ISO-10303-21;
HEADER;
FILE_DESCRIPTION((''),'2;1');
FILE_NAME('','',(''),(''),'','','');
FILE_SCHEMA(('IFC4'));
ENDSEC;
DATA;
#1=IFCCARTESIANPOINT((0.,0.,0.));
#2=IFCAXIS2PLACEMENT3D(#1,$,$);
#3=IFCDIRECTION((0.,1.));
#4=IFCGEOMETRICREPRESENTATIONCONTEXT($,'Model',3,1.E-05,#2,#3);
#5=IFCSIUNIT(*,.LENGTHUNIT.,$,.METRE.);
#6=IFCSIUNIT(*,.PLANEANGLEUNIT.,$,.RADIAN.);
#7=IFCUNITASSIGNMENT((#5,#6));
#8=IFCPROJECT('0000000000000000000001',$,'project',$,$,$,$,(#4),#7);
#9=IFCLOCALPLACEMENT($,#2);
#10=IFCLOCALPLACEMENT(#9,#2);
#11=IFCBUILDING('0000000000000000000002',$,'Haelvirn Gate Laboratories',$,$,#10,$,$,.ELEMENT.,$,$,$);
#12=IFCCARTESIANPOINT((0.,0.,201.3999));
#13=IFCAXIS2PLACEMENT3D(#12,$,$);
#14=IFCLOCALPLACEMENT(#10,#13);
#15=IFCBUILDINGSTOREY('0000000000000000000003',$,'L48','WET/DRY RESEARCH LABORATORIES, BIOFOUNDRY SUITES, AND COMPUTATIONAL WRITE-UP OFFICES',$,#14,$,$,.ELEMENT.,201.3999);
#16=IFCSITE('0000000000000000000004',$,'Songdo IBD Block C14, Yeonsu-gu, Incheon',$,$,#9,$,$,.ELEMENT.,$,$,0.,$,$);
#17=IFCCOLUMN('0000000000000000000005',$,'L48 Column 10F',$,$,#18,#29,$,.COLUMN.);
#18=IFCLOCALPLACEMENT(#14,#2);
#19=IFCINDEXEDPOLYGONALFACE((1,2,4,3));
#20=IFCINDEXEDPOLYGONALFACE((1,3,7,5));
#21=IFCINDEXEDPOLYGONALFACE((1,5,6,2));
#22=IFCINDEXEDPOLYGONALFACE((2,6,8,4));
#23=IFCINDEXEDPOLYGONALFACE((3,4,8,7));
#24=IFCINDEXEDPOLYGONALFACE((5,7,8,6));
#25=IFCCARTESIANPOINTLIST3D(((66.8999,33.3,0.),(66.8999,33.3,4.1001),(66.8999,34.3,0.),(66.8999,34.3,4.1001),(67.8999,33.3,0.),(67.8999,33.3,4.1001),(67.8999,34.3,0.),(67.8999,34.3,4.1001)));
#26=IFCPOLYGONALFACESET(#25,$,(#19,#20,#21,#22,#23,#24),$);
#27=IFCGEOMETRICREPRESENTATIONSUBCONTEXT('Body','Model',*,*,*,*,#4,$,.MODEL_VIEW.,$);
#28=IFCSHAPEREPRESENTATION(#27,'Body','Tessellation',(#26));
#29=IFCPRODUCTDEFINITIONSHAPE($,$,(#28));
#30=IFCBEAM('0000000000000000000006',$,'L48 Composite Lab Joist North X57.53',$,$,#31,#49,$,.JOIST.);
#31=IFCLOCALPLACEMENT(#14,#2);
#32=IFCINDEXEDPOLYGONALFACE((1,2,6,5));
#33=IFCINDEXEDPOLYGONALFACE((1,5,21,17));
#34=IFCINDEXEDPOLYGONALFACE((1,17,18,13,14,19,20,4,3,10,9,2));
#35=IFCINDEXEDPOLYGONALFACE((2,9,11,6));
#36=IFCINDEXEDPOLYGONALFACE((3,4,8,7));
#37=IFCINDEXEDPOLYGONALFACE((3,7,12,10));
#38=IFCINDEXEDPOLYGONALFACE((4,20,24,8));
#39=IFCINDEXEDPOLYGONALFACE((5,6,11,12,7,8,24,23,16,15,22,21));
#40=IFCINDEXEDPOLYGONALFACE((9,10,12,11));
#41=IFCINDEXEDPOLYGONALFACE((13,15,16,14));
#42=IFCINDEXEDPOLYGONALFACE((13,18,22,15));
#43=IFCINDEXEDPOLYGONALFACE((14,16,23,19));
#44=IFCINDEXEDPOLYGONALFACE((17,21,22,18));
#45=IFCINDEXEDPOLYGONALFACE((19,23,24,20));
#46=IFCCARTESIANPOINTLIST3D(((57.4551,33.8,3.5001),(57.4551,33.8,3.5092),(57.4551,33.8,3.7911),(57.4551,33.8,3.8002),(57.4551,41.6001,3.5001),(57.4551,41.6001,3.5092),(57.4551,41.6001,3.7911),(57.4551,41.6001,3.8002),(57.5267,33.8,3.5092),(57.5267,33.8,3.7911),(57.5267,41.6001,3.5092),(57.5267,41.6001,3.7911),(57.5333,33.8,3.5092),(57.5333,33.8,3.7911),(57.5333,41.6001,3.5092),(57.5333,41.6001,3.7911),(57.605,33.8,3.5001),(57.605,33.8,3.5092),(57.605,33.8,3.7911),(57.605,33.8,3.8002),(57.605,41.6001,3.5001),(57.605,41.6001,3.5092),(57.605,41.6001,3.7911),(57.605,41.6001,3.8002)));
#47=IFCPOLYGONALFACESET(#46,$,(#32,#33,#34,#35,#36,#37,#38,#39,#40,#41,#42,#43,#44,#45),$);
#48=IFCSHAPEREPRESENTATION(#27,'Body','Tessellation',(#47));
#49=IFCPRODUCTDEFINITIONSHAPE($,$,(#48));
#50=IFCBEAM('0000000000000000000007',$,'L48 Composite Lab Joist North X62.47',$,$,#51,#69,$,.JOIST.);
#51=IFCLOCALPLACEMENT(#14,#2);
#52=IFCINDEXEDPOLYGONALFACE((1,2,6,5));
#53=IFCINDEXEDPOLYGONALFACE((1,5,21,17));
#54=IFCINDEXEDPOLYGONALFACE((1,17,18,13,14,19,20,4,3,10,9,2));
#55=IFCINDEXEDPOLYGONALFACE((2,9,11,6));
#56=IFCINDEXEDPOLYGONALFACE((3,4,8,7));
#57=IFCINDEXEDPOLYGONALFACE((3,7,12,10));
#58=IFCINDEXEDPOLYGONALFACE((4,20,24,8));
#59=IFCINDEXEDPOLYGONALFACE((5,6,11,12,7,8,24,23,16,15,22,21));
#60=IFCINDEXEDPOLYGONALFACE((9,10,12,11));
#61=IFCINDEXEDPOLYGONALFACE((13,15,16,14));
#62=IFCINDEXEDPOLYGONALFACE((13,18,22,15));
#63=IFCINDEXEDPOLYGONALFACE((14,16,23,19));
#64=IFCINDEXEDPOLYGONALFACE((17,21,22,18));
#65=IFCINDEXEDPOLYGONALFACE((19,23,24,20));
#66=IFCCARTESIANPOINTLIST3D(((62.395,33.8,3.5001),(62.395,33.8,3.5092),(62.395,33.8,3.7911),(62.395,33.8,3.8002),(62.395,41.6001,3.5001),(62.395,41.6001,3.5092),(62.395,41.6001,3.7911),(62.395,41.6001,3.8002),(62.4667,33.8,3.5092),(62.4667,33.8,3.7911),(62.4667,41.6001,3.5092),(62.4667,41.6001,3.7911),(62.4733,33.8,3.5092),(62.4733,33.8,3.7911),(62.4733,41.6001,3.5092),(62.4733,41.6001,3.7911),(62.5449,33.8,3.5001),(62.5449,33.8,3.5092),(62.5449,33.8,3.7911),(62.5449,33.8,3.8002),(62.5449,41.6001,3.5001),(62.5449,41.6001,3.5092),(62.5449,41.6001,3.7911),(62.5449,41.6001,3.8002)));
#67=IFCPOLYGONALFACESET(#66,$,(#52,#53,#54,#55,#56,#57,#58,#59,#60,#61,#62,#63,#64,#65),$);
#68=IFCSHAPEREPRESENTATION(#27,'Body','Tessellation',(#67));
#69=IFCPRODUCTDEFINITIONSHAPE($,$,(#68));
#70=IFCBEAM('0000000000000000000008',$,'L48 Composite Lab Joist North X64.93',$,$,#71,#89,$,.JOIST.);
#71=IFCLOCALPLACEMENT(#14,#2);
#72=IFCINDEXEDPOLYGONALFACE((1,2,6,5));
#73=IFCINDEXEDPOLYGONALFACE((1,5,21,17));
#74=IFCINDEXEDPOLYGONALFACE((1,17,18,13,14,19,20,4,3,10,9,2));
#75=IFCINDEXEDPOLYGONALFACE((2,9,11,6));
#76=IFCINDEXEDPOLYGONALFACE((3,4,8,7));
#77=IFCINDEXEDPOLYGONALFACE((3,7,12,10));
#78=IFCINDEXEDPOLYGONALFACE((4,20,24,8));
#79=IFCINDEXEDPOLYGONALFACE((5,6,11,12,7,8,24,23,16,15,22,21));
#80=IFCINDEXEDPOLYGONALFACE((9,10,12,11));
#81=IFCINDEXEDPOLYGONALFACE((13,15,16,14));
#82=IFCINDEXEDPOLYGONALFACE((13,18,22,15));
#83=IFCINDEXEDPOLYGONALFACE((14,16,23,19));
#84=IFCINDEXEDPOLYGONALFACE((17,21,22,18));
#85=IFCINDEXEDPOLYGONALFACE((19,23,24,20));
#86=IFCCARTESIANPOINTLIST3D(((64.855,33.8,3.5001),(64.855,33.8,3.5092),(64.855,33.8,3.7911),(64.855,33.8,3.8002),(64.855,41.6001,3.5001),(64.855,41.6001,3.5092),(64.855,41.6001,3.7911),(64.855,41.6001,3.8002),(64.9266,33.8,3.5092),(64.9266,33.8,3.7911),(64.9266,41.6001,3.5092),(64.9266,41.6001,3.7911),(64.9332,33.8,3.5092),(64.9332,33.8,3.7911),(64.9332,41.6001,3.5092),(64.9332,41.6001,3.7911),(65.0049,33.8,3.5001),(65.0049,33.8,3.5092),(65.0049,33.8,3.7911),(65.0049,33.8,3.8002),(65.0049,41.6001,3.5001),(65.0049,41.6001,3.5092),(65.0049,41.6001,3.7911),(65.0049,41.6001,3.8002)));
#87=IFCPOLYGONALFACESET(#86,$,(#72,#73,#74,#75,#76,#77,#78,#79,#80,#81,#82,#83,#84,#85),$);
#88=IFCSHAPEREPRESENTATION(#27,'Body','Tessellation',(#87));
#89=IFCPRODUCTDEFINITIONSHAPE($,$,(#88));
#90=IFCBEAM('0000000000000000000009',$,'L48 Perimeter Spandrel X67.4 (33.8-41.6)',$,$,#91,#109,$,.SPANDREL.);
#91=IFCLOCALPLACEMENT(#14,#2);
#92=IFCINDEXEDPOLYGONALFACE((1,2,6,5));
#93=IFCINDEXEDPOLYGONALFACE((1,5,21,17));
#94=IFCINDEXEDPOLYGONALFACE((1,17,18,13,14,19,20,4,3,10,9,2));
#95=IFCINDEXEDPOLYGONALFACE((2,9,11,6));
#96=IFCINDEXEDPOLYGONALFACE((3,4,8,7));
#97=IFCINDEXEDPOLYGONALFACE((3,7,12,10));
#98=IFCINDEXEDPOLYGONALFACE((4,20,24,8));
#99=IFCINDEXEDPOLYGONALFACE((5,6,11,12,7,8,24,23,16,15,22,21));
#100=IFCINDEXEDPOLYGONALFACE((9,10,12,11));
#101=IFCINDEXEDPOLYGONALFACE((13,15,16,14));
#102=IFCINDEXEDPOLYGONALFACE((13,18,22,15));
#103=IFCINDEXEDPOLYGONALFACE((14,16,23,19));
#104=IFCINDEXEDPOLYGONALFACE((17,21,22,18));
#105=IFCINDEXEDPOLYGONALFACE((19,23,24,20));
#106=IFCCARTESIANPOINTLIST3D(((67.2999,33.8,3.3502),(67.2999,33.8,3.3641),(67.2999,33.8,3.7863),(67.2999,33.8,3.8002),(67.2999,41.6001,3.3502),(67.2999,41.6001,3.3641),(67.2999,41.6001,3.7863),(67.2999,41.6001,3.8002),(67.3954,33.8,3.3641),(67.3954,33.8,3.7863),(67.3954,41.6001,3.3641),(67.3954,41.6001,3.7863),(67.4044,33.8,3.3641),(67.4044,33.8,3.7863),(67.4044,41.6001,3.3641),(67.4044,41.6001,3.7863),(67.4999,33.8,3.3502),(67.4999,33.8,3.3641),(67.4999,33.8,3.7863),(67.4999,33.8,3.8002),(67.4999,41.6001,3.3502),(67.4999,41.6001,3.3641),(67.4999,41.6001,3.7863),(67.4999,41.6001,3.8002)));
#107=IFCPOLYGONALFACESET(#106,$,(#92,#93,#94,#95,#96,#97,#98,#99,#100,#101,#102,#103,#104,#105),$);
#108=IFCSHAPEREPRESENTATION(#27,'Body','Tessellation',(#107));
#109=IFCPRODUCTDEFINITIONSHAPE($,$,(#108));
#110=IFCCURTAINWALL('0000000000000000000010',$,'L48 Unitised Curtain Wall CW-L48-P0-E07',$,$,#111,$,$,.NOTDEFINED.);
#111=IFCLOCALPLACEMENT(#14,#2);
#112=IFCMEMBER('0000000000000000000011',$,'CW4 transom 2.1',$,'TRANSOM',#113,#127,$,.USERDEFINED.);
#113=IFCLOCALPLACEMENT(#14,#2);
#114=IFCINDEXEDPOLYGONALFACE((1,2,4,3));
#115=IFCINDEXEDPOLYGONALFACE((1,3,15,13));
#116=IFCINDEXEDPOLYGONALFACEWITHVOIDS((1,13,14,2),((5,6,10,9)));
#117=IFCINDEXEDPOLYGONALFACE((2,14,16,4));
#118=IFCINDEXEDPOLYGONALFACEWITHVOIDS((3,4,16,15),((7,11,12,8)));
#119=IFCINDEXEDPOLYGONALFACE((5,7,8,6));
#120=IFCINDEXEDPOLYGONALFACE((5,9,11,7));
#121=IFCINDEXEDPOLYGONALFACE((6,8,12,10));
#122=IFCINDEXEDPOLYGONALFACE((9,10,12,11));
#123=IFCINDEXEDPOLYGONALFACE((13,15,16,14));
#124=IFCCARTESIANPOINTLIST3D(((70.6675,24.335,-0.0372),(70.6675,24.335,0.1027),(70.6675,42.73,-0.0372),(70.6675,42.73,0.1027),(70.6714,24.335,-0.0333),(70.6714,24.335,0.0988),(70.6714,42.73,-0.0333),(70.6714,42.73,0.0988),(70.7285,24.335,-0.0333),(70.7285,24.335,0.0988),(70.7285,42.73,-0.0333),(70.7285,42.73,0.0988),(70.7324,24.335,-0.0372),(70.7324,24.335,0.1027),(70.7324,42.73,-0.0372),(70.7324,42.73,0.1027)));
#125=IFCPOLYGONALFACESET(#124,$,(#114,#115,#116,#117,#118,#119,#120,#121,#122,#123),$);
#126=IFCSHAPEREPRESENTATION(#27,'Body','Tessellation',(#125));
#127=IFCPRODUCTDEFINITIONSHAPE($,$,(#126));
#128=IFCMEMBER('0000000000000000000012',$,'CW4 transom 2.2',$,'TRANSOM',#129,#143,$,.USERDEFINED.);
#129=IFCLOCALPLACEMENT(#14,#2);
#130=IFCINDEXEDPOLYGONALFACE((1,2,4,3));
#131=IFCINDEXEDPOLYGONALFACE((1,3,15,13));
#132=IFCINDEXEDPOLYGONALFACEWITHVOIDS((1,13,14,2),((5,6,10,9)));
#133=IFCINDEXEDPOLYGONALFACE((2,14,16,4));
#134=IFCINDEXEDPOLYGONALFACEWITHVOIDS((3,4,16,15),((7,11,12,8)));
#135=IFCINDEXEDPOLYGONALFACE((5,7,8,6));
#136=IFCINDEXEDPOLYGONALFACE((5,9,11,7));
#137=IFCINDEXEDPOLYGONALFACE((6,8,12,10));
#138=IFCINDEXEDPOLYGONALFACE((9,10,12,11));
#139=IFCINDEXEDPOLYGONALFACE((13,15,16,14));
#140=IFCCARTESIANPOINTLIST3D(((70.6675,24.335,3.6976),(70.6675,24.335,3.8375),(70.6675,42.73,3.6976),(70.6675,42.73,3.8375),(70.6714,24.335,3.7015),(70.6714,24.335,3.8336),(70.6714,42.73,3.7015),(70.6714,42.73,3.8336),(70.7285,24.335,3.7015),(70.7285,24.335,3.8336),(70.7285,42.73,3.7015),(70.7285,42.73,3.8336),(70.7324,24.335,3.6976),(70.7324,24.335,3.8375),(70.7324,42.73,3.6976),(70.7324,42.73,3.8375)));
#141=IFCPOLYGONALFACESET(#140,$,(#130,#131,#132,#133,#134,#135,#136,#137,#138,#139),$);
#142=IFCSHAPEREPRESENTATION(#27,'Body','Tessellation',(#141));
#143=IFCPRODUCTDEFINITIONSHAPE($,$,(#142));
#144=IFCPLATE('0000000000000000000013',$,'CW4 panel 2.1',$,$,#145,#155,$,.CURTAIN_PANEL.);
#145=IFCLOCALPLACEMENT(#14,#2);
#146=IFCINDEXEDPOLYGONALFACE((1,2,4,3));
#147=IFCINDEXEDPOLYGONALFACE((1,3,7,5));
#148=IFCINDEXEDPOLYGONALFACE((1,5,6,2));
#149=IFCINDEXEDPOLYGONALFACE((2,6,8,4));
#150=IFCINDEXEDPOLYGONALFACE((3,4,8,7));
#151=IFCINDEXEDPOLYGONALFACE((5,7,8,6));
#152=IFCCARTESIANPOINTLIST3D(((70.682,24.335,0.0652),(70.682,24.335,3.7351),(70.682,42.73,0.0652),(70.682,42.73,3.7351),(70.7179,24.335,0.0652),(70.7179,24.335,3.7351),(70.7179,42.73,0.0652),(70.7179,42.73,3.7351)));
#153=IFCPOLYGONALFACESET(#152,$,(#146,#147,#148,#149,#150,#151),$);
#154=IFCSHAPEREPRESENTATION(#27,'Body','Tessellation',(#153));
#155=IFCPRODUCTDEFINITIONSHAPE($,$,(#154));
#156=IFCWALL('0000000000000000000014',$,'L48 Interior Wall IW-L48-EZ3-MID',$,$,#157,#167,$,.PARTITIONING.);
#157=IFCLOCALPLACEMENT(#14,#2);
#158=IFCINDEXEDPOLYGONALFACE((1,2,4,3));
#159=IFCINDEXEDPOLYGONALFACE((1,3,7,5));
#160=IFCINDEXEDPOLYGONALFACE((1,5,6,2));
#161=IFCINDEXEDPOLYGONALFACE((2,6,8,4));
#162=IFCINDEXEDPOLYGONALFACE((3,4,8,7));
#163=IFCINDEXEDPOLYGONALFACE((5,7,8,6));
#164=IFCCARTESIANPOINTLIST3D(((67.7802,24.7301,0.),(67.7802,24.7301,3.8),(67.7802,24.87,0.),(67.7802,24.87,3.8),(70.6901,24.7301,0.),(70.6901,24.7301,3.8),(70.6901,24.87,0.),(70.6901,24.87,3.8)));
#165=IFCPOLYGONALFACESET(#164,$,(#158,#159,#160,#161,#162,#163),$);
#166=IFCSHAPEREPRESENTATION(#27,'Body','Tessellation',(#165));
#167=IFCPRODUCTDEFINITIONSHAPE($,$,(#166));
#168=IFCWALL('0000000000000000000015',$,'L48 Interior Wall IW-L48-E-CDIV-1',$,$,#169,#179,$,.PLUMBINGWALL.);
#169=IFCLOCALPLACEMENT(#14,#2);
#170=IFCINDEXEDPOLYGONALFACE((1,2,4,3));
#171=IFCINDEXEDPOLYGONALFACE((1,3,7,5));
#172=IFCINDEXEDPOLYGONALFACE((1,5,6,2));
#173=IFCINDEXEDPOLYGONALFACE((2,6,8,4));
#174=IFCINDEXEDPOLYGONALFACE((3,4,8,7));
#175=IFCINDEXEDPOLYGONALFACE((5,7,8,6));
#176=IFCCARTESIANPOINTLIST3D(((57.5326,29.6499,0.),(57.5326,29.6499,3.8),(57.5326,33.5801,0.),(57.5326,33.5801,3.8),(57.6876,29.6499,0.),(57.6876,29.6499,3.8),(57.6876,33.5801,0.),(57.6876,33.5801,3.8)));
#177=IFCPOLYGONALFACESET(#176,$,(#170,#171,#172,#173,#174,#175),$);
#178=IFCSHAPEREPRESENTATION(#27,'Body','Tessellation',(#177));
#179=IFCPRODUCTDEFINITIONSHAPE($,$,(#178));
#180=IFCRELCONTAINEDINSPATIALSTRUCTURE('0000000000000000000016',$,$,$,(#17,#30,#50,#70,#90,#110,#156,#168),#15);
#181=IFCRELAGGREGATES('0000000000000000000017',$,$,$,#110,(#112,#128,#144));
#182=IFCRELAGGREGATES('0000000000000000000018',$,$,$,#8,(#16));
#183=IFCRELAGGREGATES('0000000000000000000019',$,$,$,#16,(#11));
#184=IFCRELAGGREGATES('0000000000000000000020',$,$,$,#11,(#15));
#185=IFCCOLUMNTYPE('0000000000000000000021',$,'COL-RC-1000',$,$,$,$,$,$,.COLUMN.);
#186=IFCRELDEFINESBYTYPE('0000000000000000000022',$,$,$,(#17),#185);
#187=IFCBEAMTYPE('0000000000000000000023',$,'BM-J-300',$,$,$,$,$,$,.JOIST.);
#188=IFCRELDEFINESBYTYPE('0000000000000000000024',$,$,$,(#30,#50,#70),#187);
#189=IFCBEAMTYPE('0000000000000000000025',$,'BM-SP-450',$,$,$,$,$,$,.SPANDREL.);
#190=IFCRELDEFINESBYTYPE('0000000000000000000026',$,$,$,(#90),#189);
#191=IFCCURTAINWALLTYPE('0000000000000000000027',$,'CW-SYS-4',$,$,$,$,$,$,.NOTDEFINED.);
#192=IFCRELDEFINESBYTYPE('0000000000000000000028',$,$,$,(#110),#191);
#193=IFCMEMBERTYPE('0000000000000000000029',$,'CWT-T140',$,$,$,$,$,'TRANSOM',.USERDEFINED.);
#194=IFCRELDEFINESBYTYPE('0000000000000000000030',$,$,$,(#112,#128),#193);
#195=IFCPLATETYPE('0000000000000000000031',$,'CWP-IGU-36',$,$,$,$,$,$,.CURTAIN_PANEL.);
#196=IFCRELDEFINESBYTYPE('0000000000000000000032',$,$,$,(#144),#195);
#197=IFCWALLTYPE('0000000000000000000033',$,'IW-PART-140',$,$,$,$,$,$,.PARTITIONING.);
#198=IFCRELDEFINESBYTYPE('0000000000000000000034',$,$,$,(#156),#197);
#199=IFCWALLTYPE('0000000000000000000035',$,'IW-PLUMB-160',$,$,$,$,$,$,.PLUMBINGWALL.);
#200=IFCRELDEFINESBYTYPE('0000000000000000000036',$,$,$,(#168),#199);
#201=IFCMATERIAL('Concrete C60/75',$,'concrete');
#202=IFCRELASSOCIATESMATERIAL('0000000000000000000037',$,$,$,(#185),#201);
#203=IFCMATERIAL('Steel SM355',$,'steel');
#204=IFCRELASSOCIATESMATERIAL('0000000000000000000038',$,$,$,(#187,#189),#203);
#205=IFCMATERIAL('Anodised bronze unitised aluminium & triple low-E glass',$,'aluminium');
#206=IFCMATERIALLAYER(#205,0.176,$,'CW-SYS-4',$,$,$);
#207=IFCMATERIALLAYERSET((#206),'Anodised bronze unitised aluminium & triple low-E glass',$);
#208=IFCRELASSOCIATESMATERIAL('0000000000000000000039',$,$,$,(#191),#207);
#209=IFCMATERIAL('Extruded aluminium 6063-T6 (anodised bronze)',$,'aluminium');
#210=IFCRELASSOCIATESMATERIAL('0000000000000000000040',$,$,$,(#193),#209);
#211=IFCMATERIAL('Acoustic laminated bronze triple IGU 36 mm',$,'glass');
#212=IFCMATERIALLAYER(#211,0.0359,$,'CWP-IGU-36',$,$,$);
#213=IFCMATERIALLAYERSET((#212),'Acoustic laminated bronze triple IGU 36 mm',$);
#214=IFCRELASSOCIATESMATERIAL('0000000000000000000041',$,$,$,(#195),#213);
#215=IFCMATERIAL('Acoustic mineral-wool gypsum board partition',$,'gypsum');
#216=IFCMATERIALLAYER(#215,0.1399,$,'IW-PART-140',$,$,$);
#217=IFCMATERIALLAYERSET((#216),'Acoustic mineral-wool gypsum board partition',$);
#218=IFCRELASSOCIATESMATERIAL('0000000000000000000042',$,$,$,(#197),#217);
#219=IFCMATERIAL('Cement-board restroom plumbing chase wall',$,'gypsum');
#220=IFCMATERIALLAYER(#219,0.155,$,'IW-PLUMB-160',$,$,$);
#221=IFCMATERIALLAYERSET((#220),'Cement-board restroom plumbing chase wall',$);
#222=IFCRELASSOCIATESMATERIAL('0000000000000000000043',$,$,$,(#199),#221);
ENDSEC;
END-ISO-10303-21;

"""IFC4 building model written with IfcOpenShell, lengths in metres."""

from ifc_helpers import new_model, si_unit, direction, frame, frame_2d, origin, origin_2d, place, context, subcontext, project, spatial, rectangle, hollow_rectangle, i_section, extrude, source, transform, mapped, material, layer, layer_set, material_profile, profile_set, type_object, type_shapes, element, aggregate, save


model = new_model("IFC4")

# Units and contexts
model_context = context("Model", 3, precision=1e-05, world=origin(), true_north=direction((0.0, 1.0)))
body_context = subcontext(model_context, "Body", "Model", "MODEL_VIEW")
ifc_project = project(units=[si_unit("LENGTHUNIT", "METRE"), si_unit("PLANEANGLEUNIT", "RADIAN")], contexts=[model_context])

# Site, building, storey
site_placement = place(None, origin())
site = spatial("IfcSite", under=ifc_project, at=site_placement, Name="Songdo IBD Block C14, Yeonsu-gu, Incheon", CompositionType="ELEMENT", RefElevation=0.0)
building_placement = place(site_placement, origin())
building = spatial("IfcBuilding", under=site, at=building_placement, Name="Haelvirn Gate Laboratories", CompositionType="ELEMENT")
storey_placement = place(building_placement, frame((0.0, 0.0, 201.3999)))
storey = spatial("IfcBuildingStorey", under=building, at=storey_placement, Name="L48", Description="WET/DRY RESEARCH LABORATORIES, BIOFOUNDRY SUITES, AND COMPUTATIONAL WRITE-UP OFFICES", CompositionType="ELEMENT", Elevation=201.3999)

# Column
ifc_material_1 = material(Name="Concrete C60/75", Category="concrete")
ifc_material_profile_1 = material_profile(ifc_material_1, rectangle(XDim=1.0, YDim=1.0, at=origin_2d()), Name="RC-1000x1000")
ifc_profile_set_1 = profile_set([ifc_material_profile_1], Name="Concrete C60/75")
column_type = type_object("IfcColumnType", Name="COL-RC-1000", PredefinedType="COLUMN", material=ifc_profile_set_1)
shared_shape_1 = source(origin(), body_context, "Body", "SweptSolid", [
    extrude(rectangle(XDim=1.0, YDim=1.0, at=origin_2d()), origin(), (0.0, 0.0, 1.0), 4.1001),
])
type_shapes(column_type, [shared_shape_1])
column_placement = place(storey_placement, frame((67.3999, 33.8, 0.0), z_axis=(0.0, 0.0, 1.0), x_axis=(1.0, 0.0, 0.0)))
element("IfcColumn", 1, at=column_placement, inside=storey, type_object=column_type, Name="L48 Column 10F", PredefinedType="COLUMN", context=body_context, shape_type="MappedRepresentation", body=[
    mapped(shared_shape_1, transform((0.0, 0.0, 0.0), scale=1.0)),
])

# Beams
ifc_material_2 = material(Name="Steel SM355", Category="steel")
ifc_material_profile_2 = material_profile(ifc_material_2, i_section(OverallWidth=0.1499, OverallDepth=0.3, WebThickness=0.0066, FlangeThickness=0.009, at=origin_2d()), Name="H-300x150x6.5x9")
ifc_profile_set_2 = profile_set([ifc_material_profile_2], Name="Steel SM355")
beam_type_1 = type_object("IfcBeamType", Name="BM-J-300", PredefinedType="JOIST", material=ifc_profile_set_2)
shared_shape_2 = source(origin(), body_context, "Body", "SweptSolid", [
    extrude(i_section(OverallWidth=0.1499, OverallDepth=0.3, WebThickness=0.0066, FlangeThickness=0.009, at=origin_2d()), origin(), (0.0, 0.0, 1.0), 7.8),
])
type_shapes(beam_type_1, [shared_shape_2])
for number, where, z_axis, x_axis, name in (
    (2, (57.53, 33.8, 3.6501), (0.0, 1.0, 0.0), (-1.0, 0.0, 0.0), "L48 Composite Lab Joist North X57.53"),
    (3, (62.47, 33.8, 3.6501), (0.0, 1.0, 0.0), (-1.0, 0.0, 0.0), "L48 Composite Lab Joist North X62.47"),
    (4, (64.9299, 33.8, 3.6501), (0.0, 1.0, 0.0), (-1.0, 0.0, 0.0), "L48 Composite Lab Joist North X64.93"),
):
    element("IfcBeam", number, at=place(storey_placement, frame(where, z_axis=z_axis, x_axis=x_axis)), inside=storey, type_object=beam_type_1, Name=name, PredefinedType="JOIST", context=body_context, shape_type="MappedRepresentation", body=[
        mapped(shared_shape_2, transform((0.0, 0.0, 0.0), scale=1.0)),
    ])
ifc_material_profile_3 = material_profile(ifc_material_2, i_section(OverallWidth=0.2, OverallDepth=0.45, WebThickness=0.009, FlangeThickness=0.0139, at=origin_2d()), Name="H-450x200x9x14")
ifc_profile_set_3 = profile_set([ifc_material_profile_3], Name="Steel SM355")
beam_type_2 = type_object("IfcBeamType", Name="BM-SP-450", PredefinedType="SPANDREL", material=ifc_profile_set_3)
shared_shape_3 = source(origin(), body_context, "Body", "SweptSolid", [
    extrude(i_section(OverallWidth=0.2, OverallDepth=0.45, WebThickness=0.009, FlangeThickness=0.0139, at=origin_2d()), origin(), (0.0, 0.0, 1.0), 7.8),
])
type_shapes(beam_type_2, [shared_shape_3])
beam_placement = place(storey_placement, frame((67.3999, 33.8, 3.5752), z_axis=(0.0, 1.0, 0.0), x_axis=(-1.0, 0.0, 0.0)))
element("IfcBeam", 5, at=beam_placement, inside=storey, type_object=beam_type_2, Name="L48 Perimeter Spandrel X67.4 (33.8-41.6)", PredefinedType="SPANDREL", context=body_context, shape_type="MappedRepresentation", body=[
    mapped(shared_shape_3, transform((0.0, 0.0, 0.0), scale=1.0)),
])

# Curtain wall, members, plate
ifc_material_3 = material(Name="Anodised bronze unitised aluminium & triple low-E glass", Category="aluminium")
ifc_layer_1 = layer(ifc_material_3, 0.176, Name="CW-SYS-4")
ifc_layer_set_1 = layer_set([ifc_layer_1], Name="Anodised bronze unitised aluminium & triple low-E glass")
curtain_wall_type = type_object("IfcCurtainWallType", Name="CW-SYS-4", PredefinedType="NOTDEFINED", material=ifc_layer_set_1)
curtain_wall_placement = place(storey_placement, origin())
curtain_wall = element("IfcCurtainWall", 6, at=curtain_wall_placement, inside=storey, type_object=curtain_wall_type, Name="L48 Unitised Curtain Wall CW-L48-P0-E07", PredefinedType="NOTDEFINED")
ifc_material_4 = material(Name="Extruded aluminium 6063-T6 (anodised bronze)", Category="aluminium")
ifc_material_profile_4 = material_profile(ifc_material_4, hollow_rectangle(XDim=0.0649, YDim=0.1399, WallThickness=0.0039, at=origin_2d()), Name="CWT-140x65x4")
ifc_profile_set_4 = profile_set([ifc_material_profile_4], Name="Extruded aluminium 6063-T6 (anodised bronze)")
member_type = type_object("IfcMemberType", Name="CWT-T140", ElementType="TRANSOM", PredefinedType="USERDEFINED", material=ifc_profile_set_4)
shared_shape_4 = source(origin(), body_context, "Body", "SweptSolid", [
    extrude(hollow_rectangle(XDim=0.0649, YDim=0.1399, WallThickness=0.0039, at=origin_2d()), origin(), (0.0, 0.0, 1.0), 18.395),
])
type_shapes(member_type, [shared_shape_4])
member_1_placement = place(storey_placement, frame((70.7, 24.335, 0.0327), z_axis=(0.0, 1.0, 0.0), x_axis=(-1.0, 0.0, 0.0)))
member_1 = element("IfcMember", 7, at=member_1_placement, type_object=member_type, Name="CW4 transom 2.1", ObjectType="TRANSOM", PredefinedType="USERDEFINED", context=body_context, shape_type="MappedRepresentation", body=[
    mapped(shared_shape_4, transform((0.0, 0.0, 0.0), scale=1.0)),
])
member_2_placement = place(storey_placement, frame((70.7, 24.335, 3.7676), z_axis=(0.0, 1.0, 0.0), x_axis=(-1.0, 0.0, 0.0)))
member_2 = element("IfcMember", 8, at=member_2_placement, type_object=member_type, Name="CW4 transom 2.2", ObjectType="TRANSOM", PredefinedType="USERDEFINED", context=body_context, shape_type="MappedRepresentation", body=[
    mapped(shared_shape_4, transform((0.0, 0.0, 0.0), scale=1.0)),
])
ifc_material_5 = material(Name="Acoustic laminated bronze triple IGU 36 mm", Category="glass")
ifc_layer_2 = layer(ifc_material_5, 0.0359, Name="CWP-IGU-36")
ifc_layer_set_2 = layer_set([ifc_layer_2], Name="Acoustic laminated bronze triple IGU 36 mm")
plate_type = type_object("IfcPlateType", Name="CWP-IGU-36", PredefinedType="CURTAIN_PANEL", material=ifc_layer_set_2)
shared_shape_5 = source(origin(), body_context, "Body", "SweptSolid", [
    extrude(rectangle(XDim=18.395, YDim=0.0359, at=origin_2d()), origin(), (0.0, 0.0, 1.0), 3.6699),
])
type_shapes(plate_type, [shared_shape_5])
plate_placement = place(storey_placement, frame((70.7, 33.5325, 0.0652), z_axis=(0.0, 0.0, 1.0), x_axis=(0.0, 1.0, 0.0)))
plate = element("IfcPlate", 9, at=plate_placement, type_object=plate_type, Name="CW4 panel 2.1", PredefinedType="CURTAIN_PANEL", context=body_context, shape_type="MappedRepresentation", body=[
    mapped(shared_shape_5, transform((0.0, 0.0, 0.0), scale=1.0)),
])
aggregate(curtain_wall, [member_1, member_2, plate])

# Walls
ifc_material_6 = material(Name="Acoustic mineral-wool gypsum board partition", Category="gypsum")
ifc_layer_3 = layer(ifc_material_6, 0.1399, Name="IW-PART-140")
ifc_layer_set_3 = layer_set([ifc_layer_3], Name="Acoustic mineral-wool gypsum board partition")
wall_type_1 = type_object("IfcWallType", Name="IW-PART-140", PredefinedType="PARTITIONING", material=ifc_layer_set_3)
wall_1_placement = place(storey_placement, frame((67.78, 24.8, 0.0), z_axis=(0.0, 0.0, 1.0), x_axis=(1.0, 0.0, 0.0)))
element("IfcWall", 10, at=wall_1_placement, inside=storey, type_object=wall_type_1, Name="L48 Interior Wall IW-L48-EZ3-MID", PredefinedType="PARTITIONING", context=body_context, shape_type="SweptSolid", body=[
    extrude(rectangle(XDim=2.9099, YDim=0.1399, at=frame_2d((1.4551, 0.0))), origin(), (0.0, 0.0, 1.0), 3.8),
])
ifc_material_7 = material(Name="Cement-board restroom plumbing chase wall", Category="gypsum")
ifc_layer_4 = layer(ifc_material_7, 0.155, Name="IW-PLUMB-160")
ifc_layer_set_4 = layer_set([ifc_layer_4], Name="Cement-board restroom plumbing chase wall")
wall_type_2 = type_object("IfcWallType", Name="IW-PLUMB-160", PredefinedType="PLUMBINGWALL", material=ifc_layer_set_4)
wall_2_placement = place(storey_placement, frame((57.6101, 29.6499, 0.0), z_axis=(0.0, 0.0, 1.0), x_axis=(0.0, 1.0, 0.0)))
element("IfcWall", 11, at=wall_2_placement, inside=storey, type_object=wall_type_2, Name="L48 Interior Wall IW-L48-E-CDIV-1", PredefinedType="PLUMBINGWALL", context=body_context, shape_type="SweptSolid", body=[
    extrude(rectangle(XDim=3.9302, YDim=0.155, at=frame_2d((1.9651, 0.0))), origin(), (0.0, 0.0, 1.0), 3.8),
])

save(model, "model.ifc")
